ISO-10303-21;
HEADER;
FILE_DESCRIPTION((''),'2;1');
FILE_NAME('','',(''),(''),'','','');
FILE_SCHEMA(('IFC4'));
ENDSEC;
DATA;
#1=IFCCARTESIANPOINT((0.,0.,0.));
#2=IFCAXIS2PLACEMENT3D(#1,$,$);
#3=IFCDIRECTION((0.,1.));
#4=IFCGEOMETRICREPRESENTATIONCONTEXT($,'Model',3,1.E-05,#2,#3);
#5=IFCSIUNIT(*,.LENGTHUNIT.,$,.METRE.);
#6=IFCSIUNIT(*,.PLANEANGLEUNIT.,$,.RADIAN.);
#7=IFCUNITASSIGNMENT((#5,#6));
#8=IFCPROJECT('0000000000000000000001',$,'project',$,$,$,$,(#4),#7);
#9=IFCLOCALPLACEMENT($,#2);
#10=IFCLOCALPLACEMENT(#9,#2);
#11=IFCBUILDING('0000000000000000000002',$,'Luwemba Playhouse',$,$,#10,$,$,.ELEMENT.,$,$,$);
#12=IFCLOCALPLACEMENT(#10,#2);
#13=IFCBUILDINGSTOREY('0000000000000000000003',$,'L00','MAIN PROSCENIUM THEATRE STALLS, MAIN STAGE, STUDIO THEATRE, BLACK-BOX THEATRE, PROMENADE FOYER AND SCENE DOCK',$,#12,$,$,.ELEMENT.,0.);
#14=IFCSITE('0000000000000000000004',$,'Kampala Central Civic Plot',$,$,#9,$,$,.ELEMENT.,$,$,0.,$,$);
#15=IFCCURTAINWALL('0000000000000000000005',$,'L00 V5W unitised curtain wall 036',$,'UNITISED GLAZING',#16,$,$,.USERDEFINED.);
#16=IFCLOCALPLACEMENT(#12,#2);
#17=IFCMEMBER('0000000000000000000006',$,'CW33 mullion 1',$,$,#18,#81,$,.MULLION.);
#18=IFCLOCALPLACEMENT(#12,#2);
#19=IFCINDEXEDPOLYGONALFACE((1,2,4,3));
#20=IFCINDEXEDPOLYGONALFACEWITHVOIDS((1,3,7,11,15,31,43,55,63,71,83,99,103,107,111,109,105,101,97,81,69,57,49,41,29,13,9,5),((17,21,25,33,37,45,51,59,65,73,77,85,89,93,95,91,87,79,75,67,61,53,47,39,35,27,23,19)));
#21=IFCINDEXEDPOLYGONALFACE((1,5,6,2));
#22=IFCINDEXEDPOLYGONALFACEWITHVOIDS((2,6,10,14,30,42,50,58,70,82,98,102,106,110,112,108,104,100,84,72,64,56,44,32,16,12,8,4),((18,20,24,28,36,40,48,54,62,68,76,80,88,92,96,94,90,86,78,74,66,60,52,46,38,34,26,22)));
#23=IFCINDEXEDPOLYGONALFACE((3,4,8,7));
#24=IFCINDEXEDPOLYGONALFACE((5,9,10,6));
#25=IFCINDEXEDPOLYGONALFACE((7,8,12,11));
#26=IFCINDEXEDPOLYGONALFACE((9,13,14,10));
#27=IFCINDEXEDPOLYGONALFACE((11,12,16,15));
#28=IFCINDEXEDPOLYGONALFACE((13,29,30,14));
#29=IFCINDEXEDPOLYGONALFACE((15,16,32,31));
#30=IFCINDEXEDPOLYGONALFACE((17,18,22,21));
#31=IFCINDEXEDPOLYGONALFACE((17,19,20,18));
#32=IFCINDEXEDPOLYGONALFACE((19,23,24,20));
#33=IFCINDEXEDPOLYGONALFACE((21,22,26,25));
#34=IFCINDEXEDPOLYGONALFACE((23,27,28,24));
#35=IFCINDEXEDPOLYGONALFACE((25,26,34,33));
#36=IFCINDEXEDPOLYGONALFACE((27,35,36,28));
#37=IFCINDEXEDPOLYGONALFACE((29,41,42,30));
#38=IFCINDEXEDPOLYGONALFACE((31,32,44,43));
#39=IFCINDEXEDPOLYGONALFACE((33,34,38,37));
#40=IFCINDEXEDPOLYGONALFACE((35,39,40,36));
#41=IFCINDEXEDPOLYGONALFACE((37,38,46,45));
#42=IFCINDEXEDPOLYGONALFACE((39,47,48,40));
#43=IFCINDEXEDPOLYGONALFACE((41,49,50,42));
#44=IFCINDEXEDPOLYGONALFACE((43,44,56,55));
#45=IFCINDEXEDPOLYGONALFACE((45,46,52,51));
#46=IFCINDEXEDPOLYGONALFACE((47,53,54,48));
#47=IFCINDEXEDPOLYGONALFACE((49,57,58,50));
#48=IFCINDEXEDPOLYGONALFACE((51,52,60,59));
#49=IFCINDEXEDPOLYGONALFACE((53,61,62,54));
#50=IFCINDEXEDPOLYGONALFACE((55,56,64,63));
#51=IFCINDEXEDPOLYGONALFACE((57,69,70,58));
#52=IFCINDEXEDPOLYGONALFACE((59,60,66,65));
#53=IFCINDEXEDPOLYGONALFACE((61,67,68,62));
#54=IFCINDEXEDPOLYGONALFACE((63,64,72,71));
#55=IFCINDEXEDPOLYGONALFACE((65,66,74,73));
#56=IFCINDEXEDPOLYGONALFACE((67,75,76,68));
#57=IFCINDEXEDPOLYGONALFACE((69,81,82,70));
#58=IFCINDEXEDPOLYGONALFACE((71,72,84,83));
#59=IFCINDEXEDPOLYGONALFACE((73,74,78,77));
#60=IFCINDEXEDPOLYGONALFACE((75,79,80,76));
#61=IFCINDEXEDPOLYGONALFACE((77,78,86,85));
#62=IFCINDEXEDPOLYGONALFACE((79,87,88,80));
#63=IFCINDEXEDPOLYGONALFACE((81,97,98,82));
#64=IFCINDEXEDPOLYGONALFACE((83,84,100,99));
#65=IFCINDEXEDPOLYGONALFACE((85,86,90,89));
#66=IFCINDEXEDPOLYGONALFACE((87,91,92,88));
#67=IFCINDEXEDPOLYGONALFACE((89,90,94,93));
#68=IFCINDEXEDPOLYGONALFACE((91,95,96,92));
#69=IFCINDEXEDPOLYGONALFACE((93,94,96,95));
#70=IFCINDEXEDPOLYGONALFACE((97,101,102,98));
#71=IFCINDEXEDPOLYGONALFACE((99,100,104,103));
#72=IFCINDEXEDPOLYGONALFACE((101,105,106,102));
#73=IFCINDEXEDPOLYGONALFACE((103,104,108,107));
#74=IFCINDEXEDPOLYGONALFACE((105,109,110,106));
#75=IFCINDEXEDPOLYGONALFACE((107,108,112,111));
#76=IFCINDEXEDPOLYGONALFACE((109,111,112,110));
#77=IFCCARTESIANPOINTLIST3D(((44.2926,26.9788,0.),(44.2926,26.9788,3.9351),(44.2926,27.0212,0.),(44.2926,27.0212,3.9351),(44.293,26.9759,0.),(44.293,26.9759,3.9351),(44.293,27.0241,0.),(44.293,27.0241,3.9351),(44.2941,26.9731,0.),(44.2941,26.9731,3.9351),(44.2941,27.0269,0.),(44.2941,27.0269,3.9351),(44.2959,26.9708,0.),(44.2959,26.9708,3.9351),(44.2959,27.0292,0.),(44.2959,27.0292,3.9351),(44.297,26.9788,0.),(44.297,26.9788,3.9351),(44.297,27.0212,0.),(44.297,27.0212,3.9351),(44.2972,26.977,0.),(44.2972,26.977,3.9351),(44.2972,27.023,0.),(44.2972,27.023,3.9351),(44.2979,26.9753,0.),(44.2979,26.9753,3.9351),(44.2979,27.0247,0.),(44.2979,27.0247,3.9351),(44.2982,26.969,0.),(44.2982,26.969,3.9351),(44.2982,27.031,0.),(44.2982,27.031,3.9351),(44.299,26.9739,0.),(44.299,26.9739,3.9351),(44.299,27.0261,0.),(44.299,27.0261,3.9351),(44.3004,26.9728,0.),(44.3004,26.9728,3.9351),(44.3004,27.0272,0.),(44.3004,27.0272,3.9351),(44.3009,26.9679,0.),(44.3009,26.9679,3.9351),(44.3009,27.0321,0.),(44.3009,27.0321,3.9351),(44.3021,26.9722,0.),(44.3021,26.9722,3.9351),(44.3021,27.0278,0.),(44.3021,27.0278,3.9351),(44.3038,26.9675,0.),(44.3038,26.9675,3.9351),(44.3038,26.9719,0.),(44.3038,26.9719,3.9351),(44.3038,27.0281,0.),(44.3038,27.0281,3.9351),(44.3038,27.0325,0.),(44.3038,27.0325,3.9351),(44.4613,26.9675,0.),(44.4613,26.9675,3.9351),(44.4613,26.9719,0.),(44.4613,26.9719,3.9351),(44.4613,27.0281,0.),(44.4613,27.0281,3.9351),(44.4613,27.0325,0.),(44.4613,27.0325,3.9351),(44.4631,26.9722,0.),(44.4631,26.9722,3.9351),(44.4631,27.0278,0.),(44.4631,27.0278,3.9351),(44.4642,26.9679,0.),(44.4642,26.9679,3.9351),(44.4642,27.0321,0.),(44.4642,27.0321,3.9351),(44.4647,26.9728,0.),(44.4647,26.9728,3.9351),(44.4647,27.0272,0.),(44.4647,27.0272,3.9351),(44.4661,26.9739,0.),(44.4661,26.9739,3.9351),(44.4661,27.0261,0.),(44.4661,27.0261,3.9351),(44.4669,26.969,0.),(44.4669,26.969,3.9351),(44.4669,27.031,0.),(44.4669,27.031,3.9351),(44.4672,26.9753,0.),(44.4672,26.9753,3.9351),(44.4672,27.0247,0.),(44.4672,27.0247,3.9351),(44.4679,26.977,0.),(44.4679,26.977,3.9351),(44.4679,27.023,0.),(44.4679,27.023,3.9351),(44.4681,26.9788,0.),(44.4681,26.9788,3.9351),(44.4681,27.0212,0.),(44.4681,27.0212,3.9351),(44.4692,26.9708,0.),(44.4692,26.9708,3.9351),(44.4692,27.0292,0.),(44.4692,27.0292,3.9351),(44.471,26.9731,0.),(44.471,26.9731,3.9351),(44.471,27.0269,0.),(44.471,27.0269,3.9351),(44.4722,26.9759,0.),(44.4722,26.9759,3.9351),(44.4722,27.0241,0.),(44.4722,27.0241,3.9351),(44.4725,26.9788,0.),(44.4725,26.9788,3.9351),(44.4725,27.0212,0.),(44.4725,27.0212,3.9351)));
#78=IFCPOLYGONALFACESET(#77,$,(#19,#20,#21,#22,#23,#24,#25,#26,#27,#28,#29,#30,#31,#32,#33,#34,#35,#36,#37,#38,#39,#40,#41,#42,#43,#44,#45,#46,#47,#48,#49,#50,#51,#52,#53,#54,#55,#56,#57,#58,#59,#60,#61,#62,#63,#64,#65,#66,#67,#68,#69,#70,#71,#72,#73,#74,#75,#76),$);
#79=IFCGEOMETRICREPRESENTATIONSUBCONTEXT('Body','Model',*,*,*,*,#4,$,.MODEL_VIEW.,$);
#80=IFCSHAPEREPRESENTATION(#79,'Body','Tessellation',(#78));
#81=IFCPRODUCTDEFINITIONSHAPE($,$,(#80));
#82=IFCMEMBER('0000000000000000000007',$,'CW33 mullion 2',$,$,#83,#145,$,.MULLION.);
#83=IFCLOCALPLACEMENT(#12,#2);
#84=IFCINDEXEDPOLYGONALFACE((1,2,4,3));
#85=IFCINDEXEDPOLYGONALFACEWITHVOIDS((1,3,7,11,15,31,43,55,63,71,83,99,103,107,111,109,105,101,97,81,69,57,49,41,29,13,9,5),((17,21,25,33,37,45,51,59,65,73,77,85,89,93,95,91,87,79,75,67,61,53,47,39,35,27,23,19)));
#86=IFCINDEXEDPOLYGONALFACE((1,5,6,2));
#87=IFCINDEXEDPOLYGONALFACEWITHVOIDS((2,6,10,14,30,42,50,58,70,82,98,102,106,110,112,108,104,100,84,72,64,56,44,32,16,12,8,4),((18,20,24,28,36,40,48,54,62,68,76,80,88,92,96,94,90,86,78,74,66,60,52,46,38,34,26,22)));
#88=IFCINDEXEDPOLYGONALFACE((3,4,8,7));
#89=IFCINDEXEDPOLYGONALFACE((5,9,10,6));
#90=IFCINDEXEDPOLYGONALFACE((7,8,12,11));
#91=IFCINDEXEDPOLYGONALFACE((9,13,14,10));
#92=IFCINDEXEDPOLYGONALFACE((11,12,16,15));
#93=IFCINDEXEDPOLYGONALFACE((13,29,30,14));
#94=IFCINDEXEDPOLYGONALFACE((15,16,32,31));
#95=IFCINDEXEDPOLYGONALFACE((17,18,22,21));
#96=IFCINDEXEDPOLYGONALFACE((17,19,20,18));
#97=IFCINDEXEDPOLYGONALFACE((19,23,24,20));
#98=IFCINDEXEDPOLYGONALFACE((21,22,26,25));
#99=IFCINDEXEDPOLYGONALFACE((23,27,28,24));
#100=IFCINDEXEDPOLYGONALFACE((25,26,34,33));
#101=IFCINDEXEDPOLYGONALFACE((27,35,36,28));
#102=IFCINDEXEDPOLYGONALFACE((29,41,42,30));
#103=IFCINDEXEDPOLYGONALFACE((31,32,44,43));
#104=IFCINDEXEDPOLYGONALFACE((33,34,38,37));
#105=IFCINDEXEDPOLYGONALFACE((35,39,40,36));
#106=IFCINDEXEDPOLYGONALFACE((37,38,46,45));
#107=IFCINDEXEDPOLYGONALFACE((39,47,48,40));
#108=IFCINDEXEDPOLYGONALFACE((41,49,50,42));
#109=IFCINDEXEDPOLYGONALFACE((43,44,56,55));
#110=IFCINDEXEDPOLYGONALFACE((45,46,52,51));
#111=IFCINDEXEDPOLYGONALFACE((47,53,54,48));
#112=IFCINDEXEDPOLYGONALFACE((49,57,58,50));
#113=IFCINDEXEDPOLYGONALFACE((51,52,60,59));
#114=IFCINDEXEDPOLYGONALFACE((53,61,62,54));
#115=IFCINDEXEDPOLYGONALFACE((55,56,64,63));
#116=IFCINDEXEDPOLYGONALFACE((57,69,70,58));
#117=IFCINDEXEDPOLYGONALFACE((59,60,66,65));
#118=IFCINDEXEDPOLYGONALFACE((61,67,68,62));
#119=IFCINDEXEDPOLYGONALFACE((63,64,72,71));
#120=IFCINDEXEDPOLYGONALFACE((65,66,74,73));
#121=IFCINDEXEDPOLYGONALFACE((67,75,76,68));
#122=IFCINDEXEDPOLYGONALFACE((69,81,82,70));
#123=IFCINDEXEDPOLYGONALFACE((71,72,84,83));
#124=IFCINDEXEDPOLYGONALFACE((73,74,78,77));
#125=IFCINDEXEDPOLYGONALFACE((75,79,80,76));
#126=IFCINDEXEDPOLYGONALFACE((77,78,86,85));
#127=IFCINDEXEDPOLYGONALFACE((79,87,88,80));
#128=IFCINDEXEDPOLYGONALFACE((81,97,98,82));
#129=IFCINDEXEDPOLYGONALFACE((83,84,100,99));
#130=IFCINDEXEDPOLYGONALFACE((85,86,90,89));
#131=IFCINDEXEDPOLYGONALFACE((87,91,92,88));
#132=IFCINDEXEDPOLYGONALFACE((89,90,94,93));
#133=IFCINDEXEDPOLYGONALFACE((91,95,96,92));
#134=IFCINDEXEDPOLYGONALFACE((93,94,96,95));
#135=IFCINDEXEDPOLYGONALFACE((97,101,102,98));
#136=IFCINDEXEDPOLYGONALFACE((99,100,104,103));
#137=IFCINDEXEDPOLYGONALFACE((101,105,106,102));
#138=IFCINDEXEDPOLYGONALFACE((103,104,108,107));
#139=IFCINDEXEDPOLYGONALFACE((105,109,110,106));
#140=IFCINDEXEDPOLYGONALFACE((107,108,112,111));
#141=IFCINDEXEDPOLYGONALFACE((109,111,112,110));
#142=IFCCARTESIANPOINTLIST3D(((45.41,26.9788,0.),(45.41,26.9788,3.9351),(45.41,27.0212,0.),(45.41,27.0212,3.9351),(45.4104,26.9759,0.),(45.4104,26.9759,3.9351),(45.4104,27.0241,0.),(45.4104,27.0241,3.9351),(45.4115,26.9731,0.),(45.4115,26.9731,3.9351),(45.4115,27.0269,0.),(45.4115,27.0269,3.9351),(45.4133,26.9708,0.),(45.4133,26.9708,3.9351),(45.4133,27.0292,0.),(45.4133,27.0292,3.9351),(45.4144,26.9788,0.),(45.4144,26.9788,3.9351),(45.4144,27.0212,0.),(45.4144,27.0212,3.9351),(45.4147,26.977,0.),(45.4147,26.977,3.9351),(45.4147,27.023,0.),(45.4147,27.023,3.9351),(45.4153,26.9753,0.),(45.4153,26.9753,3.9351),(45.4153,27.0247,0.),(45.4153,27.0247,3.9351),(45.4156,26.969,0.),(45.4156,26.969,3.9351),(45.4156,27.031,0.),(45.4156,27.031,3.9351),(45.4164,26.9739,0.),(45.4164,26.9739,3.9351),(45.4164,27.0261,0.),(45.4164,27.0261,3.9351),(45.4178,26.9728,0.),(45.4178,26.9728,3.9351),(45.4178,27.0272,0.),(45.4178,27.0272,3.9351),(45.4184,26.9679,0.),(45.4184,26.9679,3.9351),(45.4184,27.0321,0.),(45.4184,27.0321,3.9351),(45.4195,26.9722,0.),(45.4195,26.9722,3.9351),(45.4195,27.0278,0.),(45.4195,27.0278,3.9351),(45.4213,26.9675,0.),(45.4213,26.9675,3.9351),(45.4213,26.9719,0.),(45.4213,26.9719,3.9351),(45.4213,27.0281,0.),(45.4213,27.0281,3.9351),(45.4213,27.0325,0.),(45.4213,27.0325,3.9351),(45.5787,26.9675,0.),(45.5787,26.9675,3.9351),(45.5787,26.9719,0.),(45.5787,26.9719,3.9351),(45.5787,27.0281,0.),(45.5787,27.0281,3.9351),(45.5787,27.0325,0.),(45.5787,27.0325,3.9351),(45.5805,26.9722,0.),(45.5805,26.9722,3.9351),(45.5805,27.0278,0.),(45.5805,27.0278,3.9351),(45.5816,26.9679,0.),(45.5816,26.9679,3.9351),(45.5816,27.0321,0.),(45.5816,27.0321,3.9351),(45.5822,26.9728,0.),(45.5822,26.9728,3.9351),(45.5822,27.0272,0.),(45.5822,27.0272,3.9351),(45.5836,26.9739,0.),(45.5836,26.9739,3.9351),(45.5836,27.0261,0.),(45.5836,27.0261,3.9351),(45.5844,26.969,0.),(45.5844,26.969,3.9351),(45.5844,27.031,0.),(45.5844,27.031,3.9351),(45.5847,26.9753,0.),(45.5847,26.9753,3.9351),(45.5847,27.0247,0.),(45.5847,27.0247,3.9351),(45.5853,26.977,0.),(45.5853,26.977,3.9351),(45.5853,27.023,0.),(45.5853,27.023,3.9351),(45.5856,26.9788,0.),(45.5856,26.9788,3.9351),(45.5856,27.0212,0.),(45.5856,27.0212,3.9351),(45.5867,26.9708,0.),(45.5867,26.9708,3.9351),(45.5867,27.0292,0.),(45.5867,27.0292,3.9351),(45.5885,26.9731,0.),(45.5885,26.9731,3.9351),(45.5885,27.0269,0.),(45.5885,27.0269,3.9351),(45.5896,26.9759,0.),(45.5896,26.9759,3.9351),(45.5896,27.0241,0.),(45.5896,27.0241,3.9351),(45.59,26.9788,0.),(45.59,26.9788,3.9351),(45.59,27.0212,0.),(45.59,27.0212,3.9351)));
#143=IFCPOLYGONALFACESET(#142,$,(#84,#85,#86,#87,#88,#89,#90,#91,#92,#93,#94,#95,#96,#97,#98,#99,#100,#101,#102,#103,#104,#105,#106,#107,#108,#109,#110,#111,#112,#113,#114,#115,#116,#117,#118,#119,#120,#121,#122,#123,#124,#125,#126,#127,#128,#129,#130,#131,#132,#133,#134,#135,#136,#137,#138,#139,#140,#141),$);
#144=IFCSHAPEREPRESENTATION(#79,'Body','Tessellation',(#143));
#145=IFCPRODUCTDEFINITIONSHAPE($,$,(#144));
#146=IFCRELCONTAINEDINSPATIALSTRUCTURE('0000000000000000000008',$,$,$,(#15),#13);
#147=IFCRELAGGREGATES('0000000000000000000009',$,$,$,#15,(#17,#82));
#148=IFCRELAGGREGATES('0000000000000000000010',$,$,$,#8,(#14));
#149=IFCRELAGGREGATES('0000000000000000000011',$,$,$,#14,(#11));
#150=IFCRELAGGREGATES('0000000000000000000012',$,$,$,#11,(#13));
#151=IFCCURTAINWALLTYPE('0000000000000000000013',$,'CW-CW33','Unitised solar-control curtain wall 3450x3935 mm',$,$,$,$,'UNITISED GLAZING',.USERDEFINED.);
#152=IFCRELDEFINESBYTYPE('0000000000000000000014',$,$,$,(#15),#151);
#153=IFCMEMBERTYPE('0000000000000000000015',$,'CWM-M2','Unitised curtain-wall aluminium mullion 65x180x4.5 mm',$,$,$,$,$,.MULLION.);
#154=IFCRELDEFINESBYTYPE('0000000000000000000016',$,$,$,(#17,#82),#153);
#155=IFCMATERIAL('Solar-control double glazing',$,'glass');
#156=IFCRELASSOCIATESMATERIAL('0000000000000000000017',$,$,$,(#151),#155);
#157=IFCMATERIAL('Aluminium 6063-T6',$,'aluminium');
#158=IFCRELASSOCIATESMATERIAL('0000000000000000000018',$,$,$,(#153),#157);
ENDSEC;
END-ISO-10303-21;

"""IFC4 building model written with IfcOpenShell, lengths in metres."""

from ifc_helpers import new_model, si_unit, direction, frame, origin, origin_2d, place, context, subcontext, project, spatial, hollow_rectangle, extrude, material, material_profile, profile_set, type_object, element, aggregate, save


model = new_model("IFC4")

# Units and contexts
model_context = context("Model", 3, precision=1e-05, world=origin(), true_north=direction((0.0, 1.0)))
body_context = subcontext(model_context, "Body", "Model", "MODEL_VIEW")
ifc_project = project(units=[si_unit("LENGTHUNIT", "METRE"), si_unit("PLANEANGLEUNIT", "RADIAN")], contexts=[model_context])

# Site, building, storey
site_placement = place(None, origin())
site = spatial("IfcSite", under=ifc_project, at=site_placement, Name="Kampala Central Civic Plot", CompositionType="ELEMENT", RefElevation=0.0)
building_placement = place(site_placement, origin())
building = spatial("IfcBuilding", under=site, at=building_placement, Name="Luwemba Playhouse", CompositionType="ELEMENT")
storey_placement = place(building_placement, origin())
storey = spatial("IfcBuildingStorey", under=building, at=storey_placement, Name="L00", Description="MAIN PROSCENIUM THEATRE STALLS, MAIN STAGE, STUDIO THEATRE, BLACK-BOX THEATRE, PROMENADE FOYER AND SCENE DOCK", CompositionType="ELEMENT", Elevation=0.0)

# Curtain wall, members
ifc_material_1 = material(Name="Solar-control double glazing", Category="glass")
curtain_wall_type = type_object("IfcCurtainWallType", Name="CW-CW33", Description="Unitised solar-control curtain wall 3450x3935 mm", ElementType="UNITISED GLAZING", PredefinedType="USERDEFINED", material=ifc_material_1)
curtain_wall_placement = place(storey_placement, origin())
curtain_wall = element("IfcCurtainWall", 1, at=curtain_wall_placement, inside=storey, type_object=curtain_wall_type, Name="L00 V5W unitised curtain wall 036", ObjectType="UNITISED GLAZING", PredefinedType="USERDEFINED")
ifc_material_2 = material(Name="Aluminium 6063-T6", Category="aluminium")
ifc_material_profile_1 = material_profile(ifc_material_2, hollow_rectangle(XDim=0.0649, YDim=0.1799, WallThickness=0.0044, InnerFilletRadius=0.0068, OuterFilletRadius=0.0112, at=origin_2d()))
ifc_profile_set_1 = profile_set([ifc_material_profile_1], Name="Aluminium 6063-T6")
member_type_1 = type_object("IfcMemberType", Name="CWM-M2", Description="Unitised curtain-wall aluminium mullion 65x180x4.5 mm", PredefinedType="MULLION", material=ifc_profile_set_1)
member_1_placement = place(storey_placement, frame((44.3826, 27.0, 0.0), z_axis=(0.0, 0.0, 1.0), x_axis=(0.0, 1.0, 0.0)))
member_1 = element("IfcMember", 2, at=member_1_placement, type_object=member_type_1, Name="CW33 mullion 1", PredefinedType="MULLION", context=body_context, shape_type="SweptSolid", body=[
    extrude(hollow_rectangle(XDim=0.0649, YDim=0.1799, WallThickness=0.0044, InnerFilletRadius=0.0068, OuterFilletRadius=0.0112, at=origin_2d()), origin(), (0.0, 0.0, 1.0), 3.9351),
])
member_2_placement = place(storey_placement, frame((45.5, 27.0, 0.0), z_axis=(0.0, 0.0, 1.0), x_axis=(0.0, 1.0, 0.0)))
member_2 = element("IfcMember", 3, at=member_2_placement, type_object=member_type_1, Name="CW33 mullion 2", PredefinedType="MULLION", context=body_context, shape_type="SweptSolid", body=[
    extrude(hollow_rectangle(XDim=0.0649, YDim=0.1799, WallThickness=0.0044, InnerFilletRadius=0.0068, OuterFilletRadius=0.0112, at=origin_2d()), origin(), (0.0, 0.0, 1.0), 3.9351),
])
aggregate(curtain_wall, [member_1, member_2])

save(model, "model.ifc")
